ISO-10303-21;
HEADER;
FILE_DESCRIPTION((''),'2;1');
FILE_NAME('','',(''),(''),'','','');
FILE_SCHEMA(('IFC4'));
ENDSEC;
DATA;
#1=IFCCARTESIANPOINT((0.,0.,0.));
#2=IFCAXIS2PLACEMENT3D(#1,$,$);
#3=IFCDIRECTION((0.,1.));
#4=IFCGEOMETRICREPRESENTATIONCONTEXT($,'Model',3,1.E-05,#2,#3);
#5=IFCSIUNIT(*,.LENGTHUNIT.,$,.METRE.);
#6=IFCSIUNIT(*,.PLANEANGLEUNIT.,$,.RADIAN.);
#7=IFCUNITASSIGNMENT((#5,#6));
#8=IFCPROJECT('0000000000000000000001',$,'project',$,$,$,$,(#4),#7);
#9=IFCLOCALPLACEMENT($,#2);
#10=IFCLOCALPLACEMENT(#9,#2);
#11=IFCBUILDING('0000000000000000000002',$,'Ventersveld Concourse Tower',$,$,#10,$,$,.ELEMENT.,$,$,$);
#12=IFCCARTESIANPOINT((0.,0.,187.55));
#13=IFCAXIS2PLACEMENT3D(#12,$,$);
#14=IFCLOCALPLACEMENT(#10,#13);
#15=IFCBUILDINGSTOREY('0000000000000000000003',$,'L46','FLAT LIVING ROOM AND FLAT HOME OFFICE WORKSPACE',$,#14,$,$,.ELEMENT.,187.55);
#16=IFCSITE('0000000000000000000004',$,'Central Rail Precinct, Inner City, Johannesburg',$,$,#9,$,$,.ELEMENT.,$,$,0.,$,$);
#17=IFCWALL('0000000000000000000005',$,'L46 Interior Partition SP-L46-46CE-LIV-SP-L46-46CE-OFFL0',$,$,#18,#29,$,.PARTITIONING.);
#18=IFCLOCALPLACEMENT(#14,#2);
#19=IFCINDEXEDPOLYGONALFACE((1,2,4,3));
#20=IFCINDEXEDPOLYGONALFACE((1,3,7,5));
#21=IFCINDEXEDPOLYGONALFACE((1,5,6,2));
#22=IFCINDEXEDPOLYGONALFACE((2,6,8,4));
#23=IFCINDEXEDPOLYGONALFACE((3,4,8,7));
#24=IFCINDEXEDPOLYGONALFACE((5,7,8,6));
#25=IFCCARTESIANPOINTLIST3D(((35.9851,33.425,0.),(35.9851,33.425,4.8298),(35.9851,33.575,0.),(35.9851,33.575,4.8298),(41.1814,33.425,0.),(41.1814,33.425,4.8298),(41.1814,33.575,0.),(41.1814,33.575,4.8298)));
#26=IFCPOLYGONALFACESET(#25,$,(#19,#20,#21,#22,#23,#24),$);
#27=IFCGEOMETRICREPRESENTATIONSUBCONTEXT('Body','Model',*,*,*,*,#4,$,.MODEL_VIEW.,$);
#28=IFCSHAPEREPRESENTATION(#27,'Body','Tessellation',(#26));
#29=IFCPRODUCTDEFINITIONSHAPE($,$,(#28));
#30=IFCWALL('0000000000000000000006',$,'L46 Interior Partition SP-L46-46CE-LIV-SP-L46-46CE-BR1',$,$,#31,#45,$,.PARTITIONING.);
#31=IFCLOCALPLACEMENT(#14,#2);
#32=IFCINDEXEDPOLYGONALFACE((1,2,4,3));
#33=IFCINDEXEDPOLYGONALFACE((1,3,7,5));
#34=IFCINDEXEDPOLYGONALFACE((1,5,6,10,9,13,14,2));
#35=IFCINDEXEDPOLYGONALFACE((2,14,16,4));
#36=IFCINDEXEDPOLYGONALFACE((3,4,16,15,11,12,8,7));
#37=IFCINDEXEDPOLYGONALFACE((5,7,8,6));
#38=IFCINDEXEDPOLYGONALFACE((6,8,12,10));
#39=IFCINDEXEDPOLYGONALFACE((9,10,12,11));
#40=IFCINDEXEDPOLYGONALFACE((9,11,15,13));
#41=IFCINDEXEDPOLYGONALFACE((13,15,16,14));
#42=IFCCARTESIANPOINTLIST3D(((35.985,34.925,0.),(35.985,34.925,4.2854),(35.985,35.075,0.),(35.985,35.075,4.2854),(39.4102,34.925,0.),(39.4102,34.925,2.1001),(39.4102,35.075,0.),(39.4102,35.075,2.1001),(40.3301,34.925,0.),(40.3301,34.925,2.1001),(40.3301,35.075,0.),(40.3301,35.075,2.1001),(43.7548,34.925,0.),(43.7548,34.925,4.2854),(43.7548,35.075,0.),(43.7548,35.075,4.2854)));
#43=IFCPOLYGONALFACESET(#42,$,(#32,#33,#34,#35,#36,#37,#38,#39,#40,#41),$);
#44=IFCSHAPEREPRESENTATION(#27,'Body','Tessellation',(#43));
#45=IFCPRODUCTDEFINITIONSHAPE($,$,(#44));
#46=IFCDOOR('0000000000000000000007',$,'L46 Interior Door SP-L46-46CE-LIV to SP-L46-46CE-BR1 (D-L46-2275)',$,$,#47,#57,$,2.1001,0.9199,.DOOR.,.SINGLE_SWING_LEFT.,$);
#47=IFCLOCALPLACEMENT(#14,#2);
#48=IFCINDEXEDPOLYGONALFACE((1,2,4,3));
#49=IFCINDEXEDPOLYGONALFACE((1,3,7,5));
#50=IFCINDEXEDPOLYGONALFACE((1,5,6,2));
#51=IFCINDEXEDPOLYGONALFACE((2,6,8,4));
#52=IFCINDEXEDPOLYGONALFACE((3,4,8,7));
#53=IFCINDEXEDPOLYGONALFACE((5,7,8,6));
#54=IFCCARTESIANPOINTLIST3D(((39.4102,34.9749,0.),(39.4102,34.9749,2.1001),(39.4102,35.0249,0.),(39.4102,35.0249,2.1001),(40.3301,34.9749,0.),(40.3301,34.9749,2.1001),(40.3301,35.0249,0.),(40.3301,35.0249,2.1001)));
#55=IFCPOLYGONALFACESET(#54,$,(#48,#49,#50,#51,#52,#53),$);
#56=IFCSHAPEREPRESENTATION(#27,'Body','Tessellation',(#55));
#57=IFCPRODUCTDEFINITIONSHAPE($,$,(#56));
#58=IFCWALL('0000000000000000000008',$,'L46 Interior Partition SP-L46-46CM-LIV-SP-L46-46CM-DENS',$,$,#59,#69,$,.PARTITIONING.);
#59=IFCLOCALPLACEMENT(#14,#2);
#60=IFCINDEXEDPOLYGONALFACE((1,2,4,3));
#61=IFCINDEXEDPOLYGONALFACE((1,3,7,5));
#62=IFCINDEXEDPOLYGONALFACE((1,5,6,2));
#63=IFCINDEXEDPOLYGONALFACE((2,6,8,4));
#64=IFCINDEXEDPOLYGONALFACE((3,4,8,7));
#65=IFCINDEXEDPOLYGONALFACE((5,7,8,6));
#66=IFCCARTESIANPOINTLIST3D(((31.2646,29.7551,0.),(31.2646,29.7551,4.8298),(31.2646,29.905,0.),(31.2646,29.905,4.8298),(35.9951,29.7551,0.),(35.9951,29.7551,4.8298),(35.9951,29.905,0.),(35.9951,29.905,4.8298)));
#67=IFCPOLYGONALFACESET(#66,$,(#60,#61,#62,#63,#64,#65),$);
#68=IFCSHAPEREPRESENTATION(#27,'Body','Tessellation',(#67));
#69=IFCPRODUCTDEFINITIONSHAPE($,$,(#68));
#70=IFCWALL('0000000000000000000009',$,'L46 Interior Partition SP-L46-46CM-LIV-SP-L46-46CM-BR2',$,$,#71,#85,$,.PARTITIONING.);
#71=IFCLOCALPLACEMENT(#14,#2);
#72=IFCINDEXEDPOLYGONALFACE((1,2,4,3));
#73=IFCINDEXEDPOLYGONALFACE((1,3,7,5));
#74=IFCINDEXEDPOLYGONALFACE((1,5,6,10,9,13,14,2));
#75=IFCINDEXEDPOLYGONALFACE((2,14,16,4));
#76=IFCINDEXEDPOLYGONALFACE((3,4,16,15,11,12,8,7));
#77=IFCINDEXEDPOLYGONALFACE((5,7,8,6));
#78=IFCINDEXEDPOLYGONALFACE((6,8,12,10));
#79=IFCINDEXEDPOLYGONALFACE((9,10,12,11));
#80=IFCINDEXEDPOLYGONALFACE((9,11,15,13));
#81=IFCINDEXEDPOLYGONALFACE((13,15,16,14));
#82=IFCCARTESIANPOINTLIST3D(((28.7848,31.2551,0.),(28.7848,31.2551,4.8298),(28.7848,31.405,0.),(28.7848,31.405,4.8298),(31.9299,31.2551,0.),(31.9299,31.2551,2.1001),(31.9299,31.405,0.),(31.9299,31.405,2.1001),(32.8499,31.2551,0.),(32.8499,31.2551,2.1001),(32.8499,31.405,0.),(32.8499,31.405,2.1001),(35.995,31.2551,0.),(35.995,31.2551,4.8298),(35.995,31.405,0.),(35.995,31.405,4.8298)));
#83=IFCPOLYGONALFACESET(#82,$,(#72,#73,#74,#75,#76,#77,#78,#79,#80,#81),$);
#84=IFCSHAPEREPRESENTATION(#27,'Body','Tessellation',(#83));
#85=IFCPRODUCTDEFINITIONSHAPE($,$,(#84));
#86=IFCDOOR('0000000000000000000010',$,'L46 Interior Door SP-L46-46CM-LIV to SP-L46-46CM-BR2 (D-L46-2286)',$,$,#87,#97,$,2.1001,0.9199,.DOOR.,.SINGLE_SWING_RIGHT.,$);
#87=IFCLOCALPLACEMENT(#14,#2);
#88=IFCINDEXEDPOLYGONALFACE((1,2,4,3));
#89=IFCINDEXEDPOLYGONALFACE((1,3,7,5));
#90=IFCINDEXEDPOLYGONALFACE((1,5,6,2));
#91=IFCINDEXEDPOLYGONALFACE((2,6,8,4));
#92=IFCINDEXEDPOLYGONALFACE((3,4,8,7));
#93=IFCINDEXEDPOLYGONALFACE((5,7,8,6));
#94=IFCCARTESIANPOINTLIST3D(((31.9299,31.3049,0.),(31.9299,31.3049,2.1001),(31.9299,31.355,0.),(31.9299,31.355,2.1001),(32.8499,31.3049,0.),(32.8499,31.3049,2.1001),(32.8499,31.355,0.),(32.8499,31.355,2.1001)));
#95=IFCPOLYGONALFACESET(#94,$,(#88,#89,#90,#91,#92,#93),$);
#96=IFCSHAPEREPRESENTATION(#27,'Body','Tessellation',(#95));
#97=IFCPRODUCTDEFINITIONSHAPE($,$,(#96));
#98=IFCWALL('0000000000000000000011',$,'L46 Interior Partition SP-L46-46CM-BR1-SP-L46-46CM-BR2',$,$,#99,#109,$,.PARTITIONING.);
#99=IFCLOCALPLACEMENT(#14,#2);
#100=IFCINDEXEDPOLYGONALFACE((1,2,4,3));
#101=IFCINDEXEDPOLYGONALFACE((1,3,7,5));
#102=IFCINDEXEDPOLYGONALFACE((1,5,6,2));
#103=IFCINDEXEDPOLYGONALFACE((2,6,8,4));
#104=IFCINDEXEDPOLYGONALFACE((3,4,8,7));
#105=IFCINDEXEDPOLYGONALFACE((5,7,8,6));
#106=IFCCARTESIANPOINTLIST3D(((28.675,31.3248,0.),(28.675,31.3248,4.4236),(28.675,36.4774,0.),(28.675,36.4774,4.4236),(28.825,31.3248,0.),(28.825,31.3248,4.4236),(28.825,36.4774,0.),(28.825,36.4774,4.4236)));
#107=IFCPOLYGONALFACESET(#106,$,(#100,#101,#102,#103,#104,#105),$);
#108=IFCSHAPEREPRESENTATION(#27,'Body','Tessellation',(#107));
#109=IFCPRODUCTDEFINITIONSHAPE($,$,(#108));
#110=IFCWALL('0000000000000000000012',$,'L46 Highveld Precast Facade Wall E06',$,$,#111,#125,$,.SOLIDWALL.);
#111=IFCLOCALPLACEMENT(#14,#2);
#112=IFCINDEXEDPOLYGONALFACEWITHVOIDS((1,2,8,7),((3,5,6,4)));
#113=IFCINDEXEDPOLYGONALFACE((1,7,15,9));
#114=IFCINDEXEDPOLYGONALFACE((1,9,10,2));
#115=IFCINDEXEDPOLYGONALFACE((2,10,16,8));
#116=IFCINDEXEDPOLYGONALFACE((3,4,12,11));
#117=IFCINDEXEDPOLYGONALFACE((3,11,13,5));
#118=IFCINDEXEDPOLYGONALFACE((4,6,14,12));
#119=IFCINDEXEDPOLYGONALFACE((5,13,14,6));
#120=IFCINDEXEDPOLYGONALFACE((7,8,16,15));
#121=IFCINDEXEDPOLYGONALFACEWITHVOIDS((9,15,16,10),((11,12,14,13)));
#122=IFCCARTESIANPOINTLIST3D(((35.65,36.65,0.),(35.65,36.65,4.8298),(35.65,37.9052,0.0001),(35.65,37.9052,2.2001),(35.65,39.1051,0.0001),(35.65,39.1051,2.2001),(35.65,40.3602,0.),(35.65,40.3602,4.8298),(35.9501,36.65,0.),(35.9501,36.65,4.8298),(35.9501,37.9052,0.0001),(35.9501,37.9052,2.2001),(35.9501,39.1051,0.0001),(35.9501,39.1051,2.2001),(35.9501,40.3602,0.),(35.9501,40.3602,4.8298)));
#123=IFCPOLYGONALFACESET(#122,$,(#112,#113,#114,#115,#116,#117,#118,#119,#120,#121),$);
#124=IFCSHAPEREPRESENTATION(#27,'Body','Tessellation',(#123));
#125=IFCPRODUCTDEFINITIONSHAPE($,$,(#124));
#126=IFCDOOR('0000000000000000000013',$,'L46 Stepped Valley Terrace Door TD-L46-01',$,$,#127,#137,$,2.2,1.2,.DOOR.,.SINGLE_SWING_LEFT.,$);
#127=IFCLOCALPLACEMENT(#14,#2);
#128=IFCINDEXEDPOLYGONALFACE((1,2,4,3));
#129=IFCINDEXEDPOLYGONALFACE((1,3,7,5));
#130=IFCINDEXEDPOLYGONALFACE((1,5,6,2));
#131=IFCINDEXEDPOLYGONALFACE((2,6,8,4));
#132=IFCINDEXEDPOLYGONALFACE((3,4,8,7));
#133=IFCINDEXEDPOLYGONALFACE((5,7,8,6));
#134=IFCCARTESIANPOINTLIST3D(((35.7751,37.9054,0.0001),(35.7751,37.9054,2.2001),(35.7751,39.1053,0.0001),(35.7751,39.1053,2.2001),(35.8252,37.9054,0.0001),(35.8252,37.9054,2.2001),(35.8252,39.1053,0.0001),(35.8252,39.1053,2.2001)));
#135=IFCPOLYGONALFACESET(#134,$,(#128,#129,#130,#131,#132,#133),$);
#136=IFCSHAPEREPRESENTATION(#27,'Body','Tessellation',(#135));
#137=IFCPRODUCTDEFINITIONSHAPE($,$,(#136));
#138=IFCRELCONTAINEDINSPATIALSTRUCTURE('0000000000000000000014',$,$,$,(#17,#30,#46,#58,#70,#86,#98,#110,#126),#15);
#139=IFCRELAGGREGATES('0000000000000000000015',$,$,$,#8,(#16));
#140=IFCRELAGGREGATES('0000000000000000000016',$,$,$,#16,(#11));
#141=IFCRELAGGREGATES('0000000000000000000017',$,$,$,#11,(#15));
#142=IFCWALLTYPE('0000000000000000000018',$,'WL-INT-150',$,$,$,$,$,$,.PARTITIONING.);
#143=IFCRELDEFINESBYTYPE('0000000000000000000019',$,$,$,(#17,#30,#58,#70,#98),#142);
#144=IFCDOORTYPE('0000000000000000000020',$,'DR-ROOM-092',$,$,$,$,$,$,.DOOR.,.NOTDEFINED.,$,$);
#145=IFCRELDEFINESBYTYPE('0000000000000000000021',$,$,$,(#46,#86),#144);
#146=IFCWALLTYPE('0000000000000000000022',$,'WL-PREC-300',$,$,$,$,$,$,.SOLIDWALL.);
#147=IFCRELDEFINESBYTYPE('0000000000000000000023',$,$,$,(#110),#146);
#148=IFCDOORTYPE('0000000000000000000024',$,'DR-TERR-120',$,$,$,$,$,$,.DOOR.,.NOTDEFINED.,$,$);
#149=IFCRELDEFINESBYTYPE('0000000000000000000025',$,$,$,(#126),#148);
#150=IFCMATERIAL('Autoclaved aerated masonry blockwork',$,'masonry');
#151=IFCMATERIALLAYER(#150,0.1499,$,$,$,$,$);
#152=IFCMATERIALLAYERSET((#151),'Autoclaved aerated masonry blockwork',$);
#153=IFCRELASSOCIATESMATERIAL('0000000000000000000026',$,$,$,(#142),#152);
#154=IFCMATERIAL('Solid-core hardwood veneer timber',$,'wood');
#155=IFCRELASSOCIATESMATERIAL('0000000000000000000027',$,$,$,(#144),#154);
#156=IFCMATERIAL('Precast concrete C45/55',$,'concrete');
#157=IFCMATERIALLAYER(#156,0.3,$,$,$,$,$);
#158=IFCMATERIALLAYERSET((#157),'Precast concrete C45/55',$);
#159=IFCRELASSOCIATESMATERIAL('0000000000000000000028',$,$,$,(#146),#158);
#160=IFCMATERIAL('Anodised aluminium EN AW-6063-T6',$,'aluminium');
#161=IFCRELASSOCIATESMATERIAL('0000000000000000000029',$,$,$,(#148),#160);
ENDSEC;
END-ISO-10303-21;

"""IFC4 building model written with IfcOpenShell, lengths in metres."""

from ifc_helpers import new_model, si_unit, direction, frame, frame_2d, origin, place, context, subcontext, project, spatial, rectangle, extrude, material, layer, layer_set, type_object, element, fill, save


model = new_model("IFC4")

# Units and contexts
model_context = context("Model", 3, precision=1e-05, world=origin(), true_north=direction((0.0, 1.0)))
body_context = subcontext(model_context, "Body", "Model", "MODEL_VIEW")
ifc_project = project(units=[si_unit("LENGTHUNIT", "METRE"), si_unit("PLANEANGLEUNIT", "RADIAN")], contexts=[model_context])

# Site, building, storey
site_placement = place(None, origin())
site = spatial("IfcSite", under=ifc_project, at=site_placement, Name="Central Rail Precinct, Inner City, Johannesburg", CompositionType="ELEMENT", RefElevation=0.0)
building_placement = place(site_placement, origin())
building = spatial("IfcBuilding", under=site, at=building_placement, Name="Ventersveld Concourse Tower", CompositionType="ELEMENT")
storey_placement = place(building_placement, frame((0.0, 0.0, 187.55)))
storey = spatial("IfcBuildingStorey", under=building, at=storey_placement, Name="L46", Description="FLAT LIVING ROOM AND FLAT HOME OFFICE WORKSPACE", CompositionType="ELEMENT", Elevation=187.55)

# Wall
ifc_material_1 = material(Name="Autoclaved aerated masonry blockwork", Category="masonry")
ifc_layer_1 = layer(ifc_material_1, 0.1499)
ifc_layer_set_1 = layer_set([ifc_layer_1], Name="Autoclaved aerated masonry blockwork")
wall_type_1 = type_object("IfcWallType", Name="WL-INT-150", PredefinedType="PARTITIONING", material=ifc_layer_set_1)
wall_1_placement = place(storey_placement, frame((35.9851, 33.5, 0.0), z_axis=(0.0, 0.0, 1.0), x_axis=(1.0, 0.0, 0.0)))
element("IfcWall", 1, at=wall_1_placement, inside=storey, type_object=wall_type_1, Name="L46 Interior Partition SP-L46-46CE-LIV-SP-L46-46CE-OFFL0", PredefinedType="PARTITIONING", context=body_context, shape_type="SweptSolid", body=[
    extrude(rectangle(XDim=5.1963, YDim=0.1499, at=frame_2d((2.5981, 0.0))), origin(), (0.0, 0.0, 1.0), 4.8298),
])

# Wall, opening, door
wall_2_placement = place(storey_placement, frame((35.9851, 35.0, 0.0), z_axis=(0.0, 0.0, 1.0), x_axis=(1.0, 0.0, 0.0)))
wall_2 = element("IfcWall", 2, at=wall_2_placement, inside=storey, type_object=wall_type_1, Name="L46 Interior Partition SP-L46-46CE-LIV-SP-L46-46CE-BR1", PredefinedType="PARTITIONING", context=body_context, shape_type="SweptSolid", body=[
    extrude(rectangle(XDim=7.7698, YDim=0.1499, at=frame_2d((3.8848, 0.0))), origin(), (0.0, 0.0, 1.0), 4.2854),
])
opening_1_placement = place(wall_2_placement, frame((3.425, 0.0, 0.0)))
opening_1 = element("IfcOpeningElement", 3, at=opening_1_placement, cuts=wall_2, PredefinedType="OPENING", context=body_context, shape_type="SweptSolid", body=[
    extrude(rectangle(XDim=0.9199, YDim=2.1001, at=frame_2d((0.46, 1.05))), frame((0.0, 0.085, 0.0), z_axis=(0.0, -1.0, 0.0), x_axis=(1.0, 0.0, 0.0)), (0.0, 0.0, 1.0), 0.1699),
])
ifc_material_2 = material(Name="Solid-core hardwood veneer timber", Category="wood")
door_type_1 = type_object("IfcDoorType", Name="DR-ROOM-092", OperationType="NOTDEFINED", PredefinedType="DOOR", material=ifc_material_2)
door_1_placement = place(opening_1_placement, origin())
door_1 = element("IfcDoor", 4, at=door_1_placement, inside=storey, type_object=door_type_1, Name="L46 Interior Door SP-L46-46CE-LIV to SP-L46-46CE-BR1 (D-L46-2275)", OperationType="SINGLE_SWING_LEFT", OverallHeight=2.1001, OverallWidth=0.9199, PredefinedType="DOOR", context=body_context, shape_type="SweptSolid", body=[
    extrude(rectangle(XDim=0.9199, YDim=2.1001, at=frame_2d((0.46, 1.05))), frame((0.0, 0.0249, 0.0), z_axis=(0.0, -1.0, 0.0), x_axis=(1.0, 0.0, 0.0)), (0.0, 0.0, 1.0), 0.05),
])
fill(opening_1, door_1)

# Wall
wall_3_placement = place(storey_placement, frame((31.2646, 29.8301, 0.0), z_axis=(0.0, 0.0, 1.0), x_axis=(1.0, 0.0, 0.0)))
element("IfcWall", 5, at=wall_3_placement, inside=storey, type_object=wall_type_1, Name="L46 Interior Partition SP-L46-46CM-LIV-SP-L46-46CM-DENS", PredefinedType="PARTITIONING", context=body_context, shape_type="SweptSolid", body=[
    extrude(rectangle(XDim=4.7305, YDim=0.1499, at=frame_2d((2.3652, 0.0))), origin(), (0.0, 0.0, 1.0), 4.8298),
])

# Wall, opening, door
wall_4_placement = place(storey_placement, frame((28.7849, 31.3301, 0.0), z_axis=(0.0, 0.0, 1.0), x_axis=(1.0, 0.0, 0.0)))
wall_4 = element("IfcWall", 6, at=wall_4_placement, inside=storey, type_object=wall_type_1, Name="L46 Interior Partition SP-L46-46CM-LIV-SP-L46-46CM-BR2", PredefinedType="PARTITIONING", context=body_context, shape_type="SweptSolid", body=[
    extrude(rectangle(XDim=7.2102, YDim=0.1499, at=frame_2d((3.605, 0.0))), origin(), (0.0, 0.0, 1.0), 4.8298),
])
opening_2_placement = place(wall_4_placement, frame((3.145, 0.0, 0.0)))
opening_2 = element("IfcOpeningElement", 7, at=opening_2_placement, cuts=wall_4, PredefinedType="OPENING", context=body_context, shape_type="SweptSolid", body=[
    extrude(rectangle(XDim=0.9199, YDim=2.1001, at=frame_2d((0.46, 1.05))), frame((0.0, 0.085, 0.0), z_axis=(0.0, -1.0, 0.0), x_axis=(1.0, 0.0, 0.0)), (0.0, 0.0, 1.0), 0.1699),
])
door_2_placement = place(opening_2_placement, origin())
door_2 = element("IfcDoor", 8, at=door_2_placement, inside=storey, type_object=door_type_1, Name="L46 Interior Door SP-L46-46CM-LIV to SP-L46-46CM-BR2 (D-L46-2286)", OperationType="SINGLE_SWING_RIGHT", OverallHeight=2.1001, OverallWidth=0.9199, PredefinedType="DOOR", context=body_context, shape_type="SweptSolid", body=[
    extrude(rectangle(XDim=0.9199, YDim=2.1001, at=frame_2d((0.46, 1.05))), frame((0.0, 0.0249, 0.0), z_axis=(0.0, -1.0, 0.0), x_axis=(1.0, 0.0, 0.0)), (0.0, 0.0, 1.0), 0.05),
])
fill(opening_2, door_2)

# Wall
wall_5_placement = place(storey_placement, frame((28.75, 31.325, 0.0), z_axis=(0.0, 0.0, 1.0), x_axis=(0.0, 1.0, 0.0)))
element("IfcWall", 9, at=wall_5_placement, inside=storey, type_object=wall_type_1, Name="L46 Interior Partition SP-L46-46CM-BR1-SP-L46-46CM-BR2", PredefinedType="PARTITIONING", context=body_context, shape_type="SweptSolid", body=[
    extrude(rectangle(XDim=5.1526, YDim=0.1499, at=frame_2d((2.5762, 0.0))), origin(), (0.0, 0.0, 1.0), 4.4236),
])

# Wall, opening, door
ifc_material_3 = material(Name="Precast concrete C45/55", Category="concrete")
ifc_layer_2 = layer(ifc_material_3, 0.3)
ifc_layer_set_2 = layer_set([ifc_layer_2], Name="Precast concrete C45/55")
wall_type_2 = type_object("IfcWallType", Name="WL-PREC-300", PredefinedType="SOLIDWALL", material=ifc_layer_set_2)
wall_6_placement = place(storey_placement, frame((35.8, 40.3601, 0.0), z_axis=(0.0, 0.0, 1.0), x_axis=(0.0, -1.0, 0.0)))
wall_6 = element("IfcWall", 10, at=wall_6_placement, inside=storey, type_object=wall_type_2, Name="L46 Highveld Precast Facade Wall E06", PredefinedType="SOLIDWALL", context=body_context, shape_type="SweptSolid", body=[
    extrude(rectangle(XDim=3.7102, YDim=0.3, at=frame_2d((1.855, 0.0))), origin(), (0.0, 0.0, 1.0), 4.8298),
])
opening_3_placement = place(wall_6_placement, frame((1.2549, 0.0, 0.0)))
opening_3 = element("IfcOpeningElement", 11, at=opening_3_placement, cuts=wall_6, PredefinedType="OPENING", context=body_context, shape_type="SweptSolid", body=[
    extrude(rectangle(XDim=1.2, YDim=2.2, at=frame_2d((0.6001, 1.1001))), frame((0.0, 0.1602, 0.0), z_axis=(0.0, -1.0, 0.0), x_axis=(1.0, 0.0, 0.0)), (0.0, 0.0, 1.0), 0.3201),
])
ifc_material_4 = material(Name="Anodised aluminium EN AW-6063-T6", Category="aluminium")
door_type_2 = type_object("IfcDoorType", Name="DR-TERR-120", OperationType="NOTDEFINED", PredefinedType="DOOR", material=ifc_material_4)
door_3_placement = place(opening_3_placement, frame((1.2, 0.0, 0.0), z_axis=(0.0, 0.0, 1.0), x_axis=(-1.0, 0.0, 0.0)))
door_3 = element("IfcDoor", 12, at=door_3_placement, inside=storey, type_object=door_type_2, Name="L46 Stepped Valley Terrace Door TD-L46-01", OperationType="SINGLE_SWING_LEFT", OverallHeight=2.2, OverallWidth=1.2, PredefinedType="DOOR", context=body_context, shape_type="SweptSolid", body=[
    extrude(rectangle(XDim=1.2, YDim=2.2, at=frame_2d((0.6001, 1.1001))), frame((0.0, 0.0249, 0.0), z_axis=(0.0, -1.0, 0.0), x_axis=(1.0, 0.0, 0.0)), (0.0, 0.0, 1.0), 0.05),
])
fill(opening_3, door_3)

save(model, "model.ifc")
